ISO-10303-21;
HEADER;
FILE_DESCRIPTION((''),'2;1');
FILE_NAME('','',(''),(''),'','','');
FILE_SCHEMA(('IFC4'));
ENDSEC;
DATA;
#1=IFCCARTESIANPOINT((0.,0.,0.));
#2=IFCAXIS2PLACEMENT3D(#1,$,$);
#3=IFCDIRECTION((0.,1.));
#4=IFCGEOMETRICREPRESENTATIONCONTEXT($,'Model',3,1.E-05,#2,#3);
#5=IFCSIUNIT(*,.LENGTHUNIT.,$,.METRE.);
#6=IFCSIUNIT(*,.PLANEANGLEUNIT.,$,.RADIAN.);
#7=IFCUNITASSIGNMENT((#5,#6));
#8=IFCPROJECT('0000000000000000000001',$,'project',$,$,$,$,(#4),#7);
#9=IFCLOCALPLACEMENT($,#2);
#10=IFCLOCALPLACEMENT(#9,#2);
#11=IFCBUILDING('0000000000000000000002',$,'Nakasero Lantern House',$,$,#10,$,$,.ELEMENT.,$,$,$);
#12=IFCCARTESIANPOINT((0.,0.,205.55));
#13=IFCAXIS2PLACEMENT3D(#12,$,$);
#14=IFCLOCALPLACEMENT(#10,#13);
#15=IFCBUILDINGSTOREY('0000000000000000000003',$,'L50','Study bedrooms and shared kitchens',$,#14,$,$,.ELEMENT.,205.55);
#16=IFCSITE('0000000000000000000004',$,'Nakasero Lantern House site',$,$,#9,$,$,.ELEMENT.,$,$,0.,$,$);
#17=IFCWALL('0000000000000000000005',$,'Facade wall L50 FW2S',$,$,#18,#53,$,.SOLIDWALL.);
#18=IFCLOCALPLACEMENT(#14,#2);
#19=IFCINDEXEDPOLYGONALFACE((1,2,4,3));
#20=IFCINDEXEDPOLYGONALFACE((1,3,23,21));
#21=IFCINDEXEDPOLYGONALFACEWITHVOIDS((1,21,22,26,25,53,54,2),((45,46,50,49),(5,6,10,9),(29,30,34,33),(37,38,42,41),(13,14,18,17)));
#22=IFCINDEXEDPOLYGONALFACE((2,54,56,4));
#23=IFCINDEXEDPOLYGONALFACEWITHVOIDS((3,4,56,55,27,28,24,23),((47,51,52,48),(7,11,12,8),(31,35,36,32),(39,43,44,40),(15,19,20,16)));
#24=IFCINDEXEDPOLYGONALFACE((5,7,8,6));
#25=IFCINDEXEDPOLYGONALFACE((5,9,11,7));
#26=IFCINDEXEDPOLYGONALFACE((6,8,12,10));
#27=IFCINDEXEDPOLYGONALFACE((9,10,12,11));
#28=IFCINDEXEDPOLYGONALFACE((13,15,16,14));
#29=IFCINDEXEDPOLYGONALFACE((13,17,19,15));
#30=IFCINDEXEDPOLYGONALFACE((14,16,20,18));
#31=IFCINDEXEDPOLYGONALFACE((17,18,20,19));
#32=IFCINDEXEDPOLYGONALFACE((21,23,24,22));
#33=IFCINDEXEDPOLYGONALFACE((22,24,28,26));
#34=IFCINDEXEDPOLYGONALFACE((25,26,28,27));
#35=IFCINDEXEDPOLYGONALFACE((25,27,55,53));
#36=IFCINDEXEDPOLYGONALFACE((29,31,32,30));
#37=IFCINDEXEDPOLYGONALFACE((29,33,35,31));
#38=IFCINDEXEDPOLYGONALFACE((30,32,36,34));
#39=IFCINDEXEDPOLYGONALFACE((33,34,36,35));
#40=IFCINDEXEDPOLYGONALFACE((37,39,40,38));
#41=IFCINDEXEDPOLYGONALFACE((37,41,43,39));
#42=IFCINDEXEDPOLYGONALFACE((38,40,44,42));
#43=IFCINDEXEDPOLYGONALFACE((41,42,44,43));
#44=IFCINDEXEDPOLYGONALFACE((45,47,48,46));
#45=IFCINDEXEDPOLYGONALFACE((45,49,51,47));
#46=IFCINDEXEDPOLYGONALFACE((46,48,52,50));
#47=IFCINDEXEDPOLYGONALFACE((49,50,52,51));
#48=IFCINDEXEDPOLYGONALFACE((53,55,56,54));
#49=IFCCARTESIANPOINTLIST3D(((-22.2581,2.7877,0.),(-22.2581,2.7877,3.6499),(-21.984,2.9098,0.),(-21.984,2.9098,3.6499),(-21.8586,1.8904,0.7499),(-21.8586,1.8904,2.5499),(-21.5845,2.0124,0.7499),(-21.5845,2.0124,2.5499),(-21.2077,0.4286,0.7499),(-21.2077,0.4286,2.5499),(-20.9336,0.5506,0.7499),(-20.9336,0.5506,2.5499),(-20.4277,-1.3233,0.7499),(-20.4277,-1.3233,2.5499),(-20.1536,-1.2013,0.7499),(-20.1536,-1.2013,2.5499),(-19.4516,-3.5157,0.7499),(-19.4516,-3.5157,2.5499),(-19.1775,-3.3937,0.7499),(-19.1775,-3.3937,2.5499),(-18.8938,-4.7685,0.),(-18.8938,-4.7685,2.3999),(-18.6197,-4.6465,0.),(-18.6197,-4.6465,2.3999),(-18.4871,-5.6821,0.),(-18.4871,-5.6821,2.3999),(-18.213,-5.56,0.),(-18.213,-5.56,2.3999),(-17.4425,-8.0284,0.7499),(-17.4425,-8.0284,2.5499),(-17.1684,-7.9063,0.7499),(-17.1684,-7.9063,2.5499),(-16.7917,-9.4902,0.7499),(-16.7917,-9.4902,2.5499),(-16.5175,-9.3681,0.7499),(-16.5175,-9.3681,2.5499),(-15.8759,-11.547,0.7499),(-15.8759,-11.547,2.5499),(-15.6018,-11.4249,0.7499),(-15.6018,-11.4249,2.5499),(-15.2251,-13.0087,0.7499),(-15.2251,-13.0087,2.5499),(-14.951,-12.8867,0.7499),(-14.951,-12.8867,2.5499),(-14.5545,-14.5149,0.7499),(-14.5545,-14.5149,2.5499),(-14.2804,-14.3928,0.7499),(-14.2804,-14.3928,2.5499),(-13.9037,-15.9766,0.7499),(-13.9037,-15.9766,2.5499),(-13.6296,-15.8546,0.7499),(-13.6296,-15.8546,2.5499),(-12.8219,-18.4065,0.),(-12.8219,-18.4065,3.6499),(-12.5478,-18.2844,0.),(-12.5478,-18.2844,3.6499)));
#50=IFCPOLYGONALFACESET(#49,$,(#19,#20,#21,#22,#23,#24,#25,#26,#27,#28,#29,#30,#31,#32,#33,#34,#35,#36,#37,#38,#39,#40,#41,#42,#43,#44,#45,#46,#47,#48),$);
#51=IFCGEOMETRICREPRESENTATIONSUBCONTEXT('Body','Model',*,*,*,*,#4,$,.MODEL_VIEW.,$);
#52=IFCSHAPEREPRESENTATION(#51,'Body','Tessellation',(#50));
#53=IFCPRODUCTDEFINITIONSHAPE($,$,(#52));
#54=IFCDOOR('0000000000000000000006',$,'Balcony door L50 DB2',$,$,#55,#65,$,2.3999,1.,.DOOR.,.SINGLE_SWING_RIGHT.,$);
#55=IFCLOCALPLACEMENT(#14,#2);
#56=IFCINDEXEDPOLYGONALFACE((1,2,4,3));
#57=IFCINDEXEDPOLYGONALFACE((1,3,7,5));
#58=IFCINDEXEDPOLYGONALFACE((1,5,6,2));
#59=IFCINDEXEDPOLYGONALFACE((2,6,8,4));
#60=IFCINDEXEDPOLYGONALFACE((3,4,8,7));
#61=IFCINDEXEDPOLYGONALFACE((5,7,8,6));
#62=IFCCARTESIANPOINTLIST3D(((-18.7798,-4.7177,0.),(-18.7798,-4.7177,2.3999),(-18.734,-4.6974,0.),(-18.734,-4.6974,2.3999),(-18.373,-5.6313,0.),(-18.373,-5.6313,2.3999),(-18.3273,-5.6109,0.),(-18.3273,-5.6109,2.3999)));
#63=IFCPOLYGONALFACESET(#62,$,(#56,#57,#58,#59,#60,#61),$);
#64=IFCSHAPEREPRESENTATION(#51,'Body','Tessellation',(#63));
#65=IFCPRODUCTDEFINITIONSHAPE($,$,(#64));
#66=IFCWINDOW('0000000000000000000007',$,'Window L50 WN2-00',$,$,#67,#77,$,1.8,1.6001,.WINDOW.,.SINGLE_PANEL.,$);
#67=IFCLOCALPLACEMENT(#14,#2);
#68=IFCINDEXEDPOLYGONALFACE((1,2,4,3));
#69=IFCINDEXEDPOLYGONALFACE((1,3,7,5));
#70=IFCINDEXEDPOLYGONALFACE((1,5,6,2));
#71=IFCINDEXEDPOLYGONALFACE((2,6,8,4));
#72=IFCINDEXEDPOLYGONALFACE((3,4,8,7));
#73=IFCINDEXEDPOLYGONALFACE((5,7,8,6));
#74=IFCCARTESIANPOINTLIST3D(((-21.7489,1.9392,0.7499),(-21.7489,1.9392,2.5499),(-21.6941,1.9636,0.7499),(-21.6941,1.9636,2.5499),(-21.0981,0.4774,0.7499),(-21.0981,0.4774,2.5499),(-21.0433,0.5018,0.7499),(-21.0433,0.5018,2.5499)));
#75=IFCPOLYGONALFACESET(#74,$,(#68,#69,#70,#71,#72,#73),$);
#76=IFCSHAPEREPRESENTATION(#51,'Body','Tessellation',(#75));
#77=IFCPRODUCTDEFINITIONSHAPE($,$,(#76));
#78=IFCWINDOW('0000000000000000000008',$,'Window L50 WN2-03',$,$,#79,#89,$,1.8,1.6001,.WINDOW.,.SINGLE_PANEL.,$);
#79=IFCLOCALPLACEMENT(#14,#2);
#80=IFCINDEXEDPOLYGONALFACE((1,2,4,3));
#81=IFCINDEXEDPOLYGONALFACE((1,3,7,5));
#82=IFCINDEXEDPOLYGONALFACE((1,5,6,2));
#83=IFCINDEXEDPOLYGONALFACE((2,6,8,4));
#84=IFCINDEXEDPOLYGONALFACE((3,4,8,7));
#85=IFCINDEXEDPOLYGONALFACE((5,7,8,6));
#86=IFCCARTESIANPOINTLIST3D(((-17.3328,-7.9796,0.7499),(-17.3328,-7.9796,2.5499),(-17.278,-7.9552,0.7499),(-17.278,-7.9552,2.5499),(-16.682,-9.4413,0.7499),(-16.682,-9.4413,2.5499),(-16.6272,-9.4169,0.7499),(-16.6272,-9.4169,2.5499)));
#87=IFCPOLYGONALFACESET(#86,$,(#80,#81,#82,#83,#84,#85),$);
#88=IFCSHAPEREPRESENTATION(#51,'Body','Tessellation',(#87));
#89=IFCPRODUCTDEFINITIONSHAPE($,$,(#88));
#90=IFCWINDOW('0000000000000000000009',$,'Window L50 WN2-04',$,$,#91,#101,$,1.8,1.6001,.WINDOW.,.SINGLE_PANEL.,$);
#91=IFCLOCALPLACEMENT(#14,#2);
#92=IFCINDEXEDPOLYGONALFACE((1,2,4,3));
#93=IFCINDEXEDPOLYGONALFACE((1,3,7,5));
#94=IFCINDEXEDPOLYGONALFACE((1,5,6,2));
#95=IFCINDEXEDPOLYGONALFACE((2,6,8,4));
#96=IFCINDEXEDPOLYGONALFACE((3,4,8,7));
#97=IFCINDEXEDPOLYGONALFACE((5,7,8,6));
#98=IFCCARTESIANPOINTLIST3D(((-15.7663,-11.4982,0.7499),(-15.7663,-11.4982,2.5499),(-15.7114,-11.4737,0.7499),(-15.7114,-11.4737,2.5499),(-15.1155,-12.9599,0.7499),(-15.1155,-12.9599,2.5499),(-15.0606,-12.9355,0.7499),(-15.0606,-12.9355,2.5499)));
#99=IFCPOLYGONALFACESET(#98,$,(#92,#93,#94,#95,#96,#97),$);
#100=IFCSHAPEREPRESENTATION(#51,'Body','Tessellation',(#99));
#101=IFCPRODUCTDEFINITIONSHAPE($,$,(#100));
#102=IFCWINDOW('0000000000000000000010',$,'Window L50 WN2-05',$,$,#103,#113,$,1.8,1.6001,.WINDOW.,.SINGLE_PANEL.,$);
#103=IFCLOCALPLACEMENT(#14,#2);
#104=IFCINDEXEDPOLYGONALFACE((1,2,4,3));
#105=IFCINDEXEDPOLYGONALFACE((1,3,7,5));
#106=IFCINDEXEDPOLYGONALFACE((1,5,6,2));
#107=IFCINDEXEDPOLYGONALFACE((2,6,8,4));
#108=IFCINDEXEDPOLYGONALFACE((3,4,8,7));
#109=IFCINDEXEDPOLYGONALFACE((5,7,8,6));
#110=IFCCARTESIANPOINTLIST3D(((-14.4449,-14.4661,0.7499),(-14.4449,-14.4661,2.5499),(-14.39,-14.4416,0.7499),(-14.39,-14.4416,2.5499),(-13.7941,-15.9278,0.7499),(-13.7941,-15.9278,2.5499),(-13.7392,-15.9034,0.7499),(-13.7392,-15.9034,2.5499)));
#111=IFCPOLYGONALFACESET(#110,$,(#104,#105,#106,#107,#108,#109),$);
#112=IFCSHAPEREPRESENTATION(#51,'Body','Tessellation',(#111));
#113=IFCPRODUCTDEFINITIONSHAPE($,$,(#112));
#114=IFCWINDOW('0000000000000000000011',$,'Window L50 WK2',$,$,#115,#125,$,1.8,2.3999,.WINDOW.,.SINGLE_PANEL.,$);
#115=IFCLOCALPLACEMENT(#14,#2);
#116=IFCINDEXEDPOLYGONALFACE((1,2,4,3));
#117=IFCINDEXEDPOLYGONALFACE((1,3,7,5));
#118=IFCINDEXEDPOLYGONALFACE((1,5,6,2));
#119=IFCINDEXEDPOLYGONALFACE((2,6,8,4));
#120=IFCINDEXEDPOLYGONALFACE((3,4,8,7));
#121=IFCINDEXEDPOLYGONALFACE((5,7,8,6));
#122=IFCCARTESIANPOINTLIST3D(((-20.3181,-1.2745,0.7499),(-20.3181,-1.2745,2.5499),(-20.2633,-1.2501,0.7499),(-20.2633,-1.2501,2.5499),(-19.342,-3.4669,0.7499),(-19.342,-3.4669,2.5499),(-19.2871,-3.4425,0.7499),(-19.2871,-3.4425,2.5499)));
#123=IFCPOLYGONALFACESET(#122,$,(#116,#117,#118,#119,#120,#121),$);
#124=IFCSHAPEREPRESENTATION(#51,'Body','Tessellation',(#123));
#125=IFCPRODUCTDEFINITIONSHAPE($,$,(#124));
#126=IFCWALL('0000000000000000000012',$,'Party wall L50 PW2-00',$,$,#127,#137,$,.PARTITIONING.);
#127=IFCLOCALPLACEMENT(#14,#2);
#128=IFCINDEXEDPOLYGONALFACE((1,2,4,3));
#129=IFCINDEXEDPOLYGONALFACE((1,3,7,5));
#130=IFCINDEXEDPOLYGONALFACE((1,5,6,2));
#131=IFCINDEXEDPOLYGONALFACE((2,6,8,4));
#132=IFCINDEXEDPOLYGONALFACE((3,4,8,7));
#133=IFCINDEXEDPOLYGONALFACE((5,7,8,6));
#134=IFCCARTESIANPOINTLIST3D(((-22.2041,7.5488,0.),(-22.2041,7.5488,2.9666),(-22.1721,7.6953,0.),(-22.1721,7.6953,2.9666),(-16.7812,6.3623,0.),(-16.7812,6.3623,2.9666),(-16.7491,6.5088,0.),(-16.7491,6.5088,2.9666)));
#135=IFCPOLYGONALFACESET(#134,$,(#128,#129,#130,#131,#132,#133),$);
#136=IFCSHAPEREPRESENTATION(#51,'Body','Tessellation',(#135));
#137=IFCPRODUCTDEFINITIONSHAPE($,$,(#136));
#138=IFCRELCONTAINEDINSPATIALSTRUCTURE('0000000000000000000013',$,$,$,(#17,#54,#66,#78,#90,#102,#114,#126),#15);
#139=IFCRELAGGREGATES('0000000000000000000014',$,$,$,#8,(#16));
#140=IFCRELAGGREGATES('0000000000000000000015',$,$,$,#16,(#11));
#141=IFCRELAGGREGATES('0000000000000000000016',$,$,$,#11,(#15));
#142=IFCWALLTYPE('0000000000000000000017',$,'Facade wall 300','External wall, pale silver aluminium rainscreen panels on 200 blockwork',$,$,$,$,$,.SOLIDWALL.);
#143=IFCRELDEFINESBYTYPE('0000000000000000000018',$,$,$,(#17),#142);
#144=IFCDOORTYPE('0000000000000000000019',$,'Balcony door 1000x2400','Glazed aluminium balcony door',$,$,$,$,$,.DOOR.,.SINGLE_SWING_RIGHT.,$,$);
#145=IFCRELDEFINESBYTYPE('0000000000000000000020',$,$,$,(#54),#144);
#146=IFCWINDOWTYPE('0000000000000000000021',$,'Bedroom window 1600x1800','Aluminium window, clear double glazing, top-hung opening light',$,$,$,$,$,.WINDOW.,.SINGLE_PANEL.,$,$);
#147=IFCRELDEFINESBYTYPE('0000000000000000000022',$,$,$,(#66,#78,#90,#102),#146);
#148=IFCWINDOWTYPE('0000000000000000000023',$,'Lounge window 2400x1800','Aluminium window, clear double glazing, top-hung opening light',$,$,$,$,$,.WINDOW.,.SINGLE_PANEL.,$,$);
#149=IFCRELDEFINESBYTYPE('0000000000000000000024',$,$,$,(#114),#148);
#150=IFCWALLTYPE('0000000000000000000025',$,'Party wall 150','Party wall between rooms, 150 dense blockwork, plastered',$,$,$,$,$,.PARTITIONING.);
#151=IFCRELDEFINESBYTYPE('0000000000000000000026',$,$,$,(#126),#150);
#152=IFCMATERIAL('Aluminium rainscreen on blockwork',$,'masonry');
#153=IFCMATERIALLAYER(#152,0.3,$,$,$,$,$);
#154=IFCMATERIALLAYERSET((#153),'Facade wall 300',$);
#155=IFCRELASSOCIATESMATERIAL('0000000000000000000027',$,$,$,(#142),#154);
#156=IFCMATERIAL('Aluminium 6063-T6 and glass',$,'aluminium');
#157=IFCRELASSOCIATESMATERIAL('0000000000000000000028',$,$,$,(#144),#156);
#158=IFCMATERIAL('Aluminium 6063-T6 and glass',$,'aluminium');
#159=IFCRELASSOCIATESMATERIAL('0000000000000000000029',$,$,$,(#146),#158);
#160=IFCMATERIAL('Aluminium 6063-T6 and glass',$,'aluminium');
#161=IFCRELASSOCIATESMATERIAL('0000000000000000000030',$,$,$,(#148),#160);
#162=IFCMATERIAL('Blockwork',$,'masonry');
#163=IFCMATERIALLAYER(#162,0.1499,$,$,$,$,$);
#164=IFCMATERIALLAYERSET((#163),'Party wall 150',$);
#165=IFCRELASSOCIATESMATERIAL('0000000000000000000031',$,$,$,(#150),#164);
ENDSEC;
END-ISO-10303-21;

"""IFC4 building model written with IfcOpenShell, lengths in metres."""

from ifc_helpers import new_model, si_unit, direction, frame, frame_2d, origin, place, context, subcontext, project, spatial, rectangle, extrude, material, layer, layer_set, type_object, element, fill, save


model = new_model("IFC4")

# Units and contexts
model_context = context("Model", 3, precision=1e-05, world=origin(), true_north=direction((0.0, 1.0)))
body_context = subcontext(model_context, "Body", "Model", "MODEL_VIEW")
ifc_project = project(units=[si_unit("LENGTHUNIT", "METRE"), si_unit("PLANEANGLEUNIT", "RADIAN")], contexts=[model_context])

# Site, building, storey
site_placement = place(None, origin())
site = spatial("IfcSite", under=ifc_project, at=site_placement, Name="Nakasero Lantern House site", CompositionType="ELEMENT", RefElevation=0.0)
building_placement = place(site_placement, origin())
building = spatial("IfcBuilding", under=site, at=building_placement, Name="Nakasero Lantern House", CompositionType="ELEMENT")
storey_placement = place(building_placement, frame((0.0, 0.0, 205.55)))
storey = spatial("IfcBuildingStorey", under=building, at=storey_placement, Name="L50", Description="Study bedrooms and shared kitchens", CompositionType="ELEMENT", Elevation=205.55)

# Shared definitions
ifc_material_1 = material(Name="Aluminium rainscreen on blockwork", Category="masonry")
ifc_layer_1 = layer(ifc_material_1, 0.3)
ifc_layer_set_1 = layer_set([ifc_layer_1], Name="Facade wall 300")
wall_type_1 = type_object("IfcWallType", Name="Facade wall 300", Description="External wall, pale silver aluminium rainscreen panels on 200 blockwork", PredefinedType="SOLIDWALL", material=ifc_layer_set_1)

# Wall, openings, door, windows
wall_1_placement = place(storey_placement, frame((-22.1211, 2.8489, 0.0), z_axis=(0.0, 0.0, 1.0), x_axis=(0.406735, -0.913546, 0.0)))
wall_1 = element("IfcWall", 1, at=wall_1_placement, inside=storey, type_object=wall_type_1, Name="Facade wall L50 FW2S", PredefinedType="SOLIDWALL", context=body_context, shape_type="SweptSolid", body=[
    extrude(rectangle(XDim=23.2, YDim=0.3, at=frame_2d((11.6001, 0.0))), origin(), (0.0, 0.0, 1.0), 3.6499),
])
opening_1_placement = place(wall_1_placement, frame((0.9824, 0.0, 0.75)))
opening_1 = element("IfcOpeningElement", 2, at=opening_1_placement, cuts=wall_1, PredefinedType="OPENING", context=body_context, shape_type="SweptSolid", body=[
    extrude(rectangle(XDim=1.6001, YDim=1.8, at=frame_2d((0.8, 0.8999))), frame((0.0, 0.1699, 0.0), z_axis=(0.0, -1.0, 0.0), x_axis=(1.0, 0.0, 0.0)), (0.0, 0.0, 1.0), 0.3401),
])
opening_2_placement = place(wall_1_placement, frame((11.8398, 0.0, 0.75)))
opening_2 = element("IfcOpeningElement", 3, at=opening_2_placement, cuts=wall_1, PredefinedType="OPENING", context=body_context, shape_type="SweptSolid", body=[
    extrude(rectangle(XDim=1.6001, YDim=1.8, at=frame_2d((0.8, 0.8999))), frame((0.0, 0.1699, 0.0), z_axis=(0.0, -1.0, 0.0), x_axis=(1.0, 0.0, 0.0)), (0.0, 0.0, 1.0), 0.3401),
])
opening_3_placement = place(wall_1_placement, frame((15.6914, 0.0, 0.75)))
opening_3 = element("IfcOpeningElement", 4, at=opening_3_placement, cuts=wall_1, PredefinedType="OPENING", context=body_context, shape_type="SweptSolid", body=[
    extrude(rectangle(XDim=1.6001, YDim=1.8, at=frame_2d((0.8, 0.8999))), frame((0.0, 0.1699, 0.0), z_axis=(0.0, -1.0, 0.0), x_axis=(1.0, 0.0, 0.0)), (0.0, 0.0, 1.0), 0.3401),
])
opening_4_placement = place(wall_1_placement, frame((18.9402, 0.0, 0.75)))
opening_4 = element("IfcOpeningElement", 5, at=opening_4_placement, cuts=wall_1, PredefinedType="OPENING", context=body_context, shape_type="SweptSolid", body=[
    extrude(rectangle(XDim=1.6001, YDim=1.8, at=frame_2d((0.8, 0.8999))), frame((0.0, 0.1699, 0.0), z_axis=(0.0, -1.0, 0.0), x_axis=(1.0, 0.0, 0.0)), (0.0, 0.0, 1.0), 0.3401),
])
opening_5_placement = place(wall_1_placement, frame((4.5002, 0.0, 0.75)))
opening_5 = element("IfcOpeningElement", 6, at=opening_5_placement, cuts=wall_1, PredefinedType="OPENING", context=body_context, shape_type="SweptSolid", body=[
    extrude(rectangle(XDim=2.3999, YDim=1.8, at=frame_2d((1.2, 0.8999))), frame((0.0, 0.1699, 0.0), z_axis=(0.0, -1.0, 0.0), x_axis=(1.0, 0.0, 0.0)), (0.0, 0.0, 1.0), 0.3401),
])
opening_6_placement = place(wall_1_placement, frame((8.2715, 0.0, 0.0)))
opening_6 = element("IfcOpeningElement", 7, at=opening_6_placement, cuts=wall_1, PredefinedType="OPENING", context=body_context, shape_type="SweptSolid", body=[
    extrude(rectangle(XDim=1.0, YDim=2.3999, at=frame_2d((0.5, 1.2))), frame((0.0, 0.1699, 0.0), z_axis=(0.0, -1.0, 0.0), x_axis=(1.0, 0.0, 0.0)), (0.0, 0.0, 1.0), 0.3401),
])
ifc_material_2 = material(Name="Aluminium 6063-T6 and glass", Category="aluminium")
door_type = type_object("IfcDoorType", Name="Balcony door 1000x2400", Description="Glazed aluminium balcony door", OperationType="SINGLE_SWING_RIGHT", PredefinedType="DOOR", material=ifc_material_2)
door_placement = place(opening_6_placement, origin())
door = element("IfcDoor", 8, at=door_placement, inside=storey, type_object=door_type, Name="Balcony door L50 DB2", OperationType="SINGLE_SWING_RIGHT", OverallHeight=2.3999, OverallWidth=1.0, PredefinedType="DOOR", context=body_context, shape_type="SweptSolid", body=[
    extrude(rectangle(XDim=1.0, YDim=2.3999, at=frame_2d((0.5, 1.2))), frame((0.0, 0.0249, 0.0), z_axis=(0.0, -1.0, 0.0), x_axis=(1.0, 0.0, 0.0)), (0.0, 0.0, 1.0), 0.05),
])
fill(opening_6, door)
ifc_material_3 = material(Name="Aluminium 6063-T6 and glass", Category="aluminium")
window_type_1 = type_object("IfcWindowType", Name="Bedroom window 1600x1800", Description="Aluminium window, clear double glazing, top-hung opening light", PartitioningType="SINGLE_PANEL", PredefinedType="WINDOW", material=ifc_material_3)
window_1_placement = place(opening_1_placement, origin())
window_1 = element("IfcWindow", 9, at=window_1_placement, inside=storey, type_object=window_type_1, Name="Window L50 WN2-00", OverallHeight=1.8, OverallWidth=1.6001, PartitioningType="SINGLE_PANEL", PredefinedType="WINDOW", context=body_context, shape_type="SweptSolid", body=[
    extrude(rectangle(XDim=1.6001, YDim=1.8, at=frame_2d((0.8, 0.8999))), frame((0.0, 0.03, 0.0), z_axis=(0.0, -1.0, 0.0), x_axis=(1.0, 0.0, 0.0)), (0.0, 0.0, 1.0), 0.0601),
])
fill(opening_1, window_1)
window_2_placement = place(opening_2_placement, origin())
window_2 = element("IfcWindow", 10, at=window_2_placement, inside=storey, type_object=window_type_1, Name="Window L50 WN2-03", OverallHeight=1.8, OverallWidth=1.6001, PartitioningType="SINGLE_PANEL", PredefinedType="WINDOW", context=body_context, shape_type="SweptSolid", body=[
    extrude(rectangle(XDim=1.6001, YDim=1.8, at=frame_2d((0.8, 0.8999))), frame((0.0, 0.03, 0.0), z_axis=(0.0, -1.0, 0.0), x_axis=(1.0, 0.0, 0.0)), (0.0, 0.0, 1.0), 0.0601),
])
fill(opening_2, window_2)
window_3_placement = place(opening_3_placement, origin())
window_3 = element("IfcWindow", 11, at=window_3_placement, inside=storey, type_object=window_type_1, Name="Window L50 WN2-04", OverallHeight=1.8, OverallWidth=1.6001, PartitioningType="SINGLE_PANEL", PredefinedType="WINDOW", context=body_context, shape_type="SweptSolid", body=[
    extrude(rectangle(XDim=1.6001, YDim=1.8, at=frame_2d((0.8, 0.8999))), frame((0.0, 0.03, 0.0), z_axis=(0.0, -1.0, 0.0), x_axis=(1.0, 0.0, 0.0)), (0.0, 0.0, 1.0), 0.0601),
])
fill(opening_3, window_3)
window_4_placement = place(opening_4_placement, origin())
window_4 = element("IfcWindow", 12, at=window_4_placement, inside=storey, type_object=window_type_1, Name="Window L50 WN2-05", OverallHeight=1.8, OverallWidth=1.6001, PartitioningType="SINGLE_PANEL", PredefinedType="WINDOW", context=body_context, shape_type="SweptSolid", body=[
    extrude(rectangle(XDim=1.6001, YDim=1.8, at=frame_2d((0.8, 0.8999))), frame((0.0, 0.03, 0.0), z_axis=(0.0, -1.0, 0.0), x_axis=(1.0, 0.0, 0.0)), (0.0, 0.0, 1.0), 0.0601),
])
fill(opening_4, window_4)
ifc_material_4 = material(Name="Aluminium 6063-T6 and glass", Category="aluminium")
window_type_2 = type_object("IfcWindowType", Name="Lounge window 2400x1800", Description="Aluminium window, clear double glazing, top-hung opening light", PartitioningType="SINGLE_PANEL", PredefinedType="WINDOW", material=ifc_material_4)
window_5_placement = place(opening_5_placement, origin())
window_5 = element("IfcWindow", 13, at=window_5_placement, inside=storey, type_object=window_type_2, Name="Window L50 WK2", OverallHeight=1.8, OverallWidth=2.3999, PartitioningType="SINGLE_PANEL", PredefinedType="WINDOW", context=body_context, shape_type="SweptSolid", body=[
    extrude(rectangle(XDim=2.3999, YDim=1.8, at=frame_2d((1.2, 0.8999))), frame((0.0, 0.03, 0.0), z_axis=(0.0, -1.0, 0.0), x_axis=(1.0, 0.0, 0.0)), (0.0, 0.0, 1.0), 0.0601),
])
fill(opening_5, window_5)

# Wall
ifc_material_5 = material(Name="Blockwork", Category="masonry")
ifc_layer_2 = layer(ifc_material_5, 0.1499)
ifc_layer_set_2 = layer_set([ifc_layer_2], Name="Party wall 150")
wall_type_2 = type_object("IfcWallType", Name="Party wall 150", Description="Party wall between rooms, 150 dense blockwork, plastered", PredefinedType="PARTITIONING", material=ifc_layer_set_2)
wall_2_placement = place(storey_placement, frame((-16.7651, 6.4355, 0.0), z_axis=(0.0, 0.0, 1.0), x_axis=(-0.976892, 0.213735, 0.0)))
element("IfcWall", 14, at=wall_2_placement, inside=storey, type_object=wall_type_2, Name="Party wall L50 PW2-00", PredefinedType="PARTITIONING", context=body_context, shape_type="SweptSolid", body=[
    extrude(rectangle(XDim=5.5513, YDim=0.1499, at=frame_2d((2.7756, 0.0))), origin(), (0.0, 0.0, 1.0), 2.9666),
])

save(model, "model.ifc")
